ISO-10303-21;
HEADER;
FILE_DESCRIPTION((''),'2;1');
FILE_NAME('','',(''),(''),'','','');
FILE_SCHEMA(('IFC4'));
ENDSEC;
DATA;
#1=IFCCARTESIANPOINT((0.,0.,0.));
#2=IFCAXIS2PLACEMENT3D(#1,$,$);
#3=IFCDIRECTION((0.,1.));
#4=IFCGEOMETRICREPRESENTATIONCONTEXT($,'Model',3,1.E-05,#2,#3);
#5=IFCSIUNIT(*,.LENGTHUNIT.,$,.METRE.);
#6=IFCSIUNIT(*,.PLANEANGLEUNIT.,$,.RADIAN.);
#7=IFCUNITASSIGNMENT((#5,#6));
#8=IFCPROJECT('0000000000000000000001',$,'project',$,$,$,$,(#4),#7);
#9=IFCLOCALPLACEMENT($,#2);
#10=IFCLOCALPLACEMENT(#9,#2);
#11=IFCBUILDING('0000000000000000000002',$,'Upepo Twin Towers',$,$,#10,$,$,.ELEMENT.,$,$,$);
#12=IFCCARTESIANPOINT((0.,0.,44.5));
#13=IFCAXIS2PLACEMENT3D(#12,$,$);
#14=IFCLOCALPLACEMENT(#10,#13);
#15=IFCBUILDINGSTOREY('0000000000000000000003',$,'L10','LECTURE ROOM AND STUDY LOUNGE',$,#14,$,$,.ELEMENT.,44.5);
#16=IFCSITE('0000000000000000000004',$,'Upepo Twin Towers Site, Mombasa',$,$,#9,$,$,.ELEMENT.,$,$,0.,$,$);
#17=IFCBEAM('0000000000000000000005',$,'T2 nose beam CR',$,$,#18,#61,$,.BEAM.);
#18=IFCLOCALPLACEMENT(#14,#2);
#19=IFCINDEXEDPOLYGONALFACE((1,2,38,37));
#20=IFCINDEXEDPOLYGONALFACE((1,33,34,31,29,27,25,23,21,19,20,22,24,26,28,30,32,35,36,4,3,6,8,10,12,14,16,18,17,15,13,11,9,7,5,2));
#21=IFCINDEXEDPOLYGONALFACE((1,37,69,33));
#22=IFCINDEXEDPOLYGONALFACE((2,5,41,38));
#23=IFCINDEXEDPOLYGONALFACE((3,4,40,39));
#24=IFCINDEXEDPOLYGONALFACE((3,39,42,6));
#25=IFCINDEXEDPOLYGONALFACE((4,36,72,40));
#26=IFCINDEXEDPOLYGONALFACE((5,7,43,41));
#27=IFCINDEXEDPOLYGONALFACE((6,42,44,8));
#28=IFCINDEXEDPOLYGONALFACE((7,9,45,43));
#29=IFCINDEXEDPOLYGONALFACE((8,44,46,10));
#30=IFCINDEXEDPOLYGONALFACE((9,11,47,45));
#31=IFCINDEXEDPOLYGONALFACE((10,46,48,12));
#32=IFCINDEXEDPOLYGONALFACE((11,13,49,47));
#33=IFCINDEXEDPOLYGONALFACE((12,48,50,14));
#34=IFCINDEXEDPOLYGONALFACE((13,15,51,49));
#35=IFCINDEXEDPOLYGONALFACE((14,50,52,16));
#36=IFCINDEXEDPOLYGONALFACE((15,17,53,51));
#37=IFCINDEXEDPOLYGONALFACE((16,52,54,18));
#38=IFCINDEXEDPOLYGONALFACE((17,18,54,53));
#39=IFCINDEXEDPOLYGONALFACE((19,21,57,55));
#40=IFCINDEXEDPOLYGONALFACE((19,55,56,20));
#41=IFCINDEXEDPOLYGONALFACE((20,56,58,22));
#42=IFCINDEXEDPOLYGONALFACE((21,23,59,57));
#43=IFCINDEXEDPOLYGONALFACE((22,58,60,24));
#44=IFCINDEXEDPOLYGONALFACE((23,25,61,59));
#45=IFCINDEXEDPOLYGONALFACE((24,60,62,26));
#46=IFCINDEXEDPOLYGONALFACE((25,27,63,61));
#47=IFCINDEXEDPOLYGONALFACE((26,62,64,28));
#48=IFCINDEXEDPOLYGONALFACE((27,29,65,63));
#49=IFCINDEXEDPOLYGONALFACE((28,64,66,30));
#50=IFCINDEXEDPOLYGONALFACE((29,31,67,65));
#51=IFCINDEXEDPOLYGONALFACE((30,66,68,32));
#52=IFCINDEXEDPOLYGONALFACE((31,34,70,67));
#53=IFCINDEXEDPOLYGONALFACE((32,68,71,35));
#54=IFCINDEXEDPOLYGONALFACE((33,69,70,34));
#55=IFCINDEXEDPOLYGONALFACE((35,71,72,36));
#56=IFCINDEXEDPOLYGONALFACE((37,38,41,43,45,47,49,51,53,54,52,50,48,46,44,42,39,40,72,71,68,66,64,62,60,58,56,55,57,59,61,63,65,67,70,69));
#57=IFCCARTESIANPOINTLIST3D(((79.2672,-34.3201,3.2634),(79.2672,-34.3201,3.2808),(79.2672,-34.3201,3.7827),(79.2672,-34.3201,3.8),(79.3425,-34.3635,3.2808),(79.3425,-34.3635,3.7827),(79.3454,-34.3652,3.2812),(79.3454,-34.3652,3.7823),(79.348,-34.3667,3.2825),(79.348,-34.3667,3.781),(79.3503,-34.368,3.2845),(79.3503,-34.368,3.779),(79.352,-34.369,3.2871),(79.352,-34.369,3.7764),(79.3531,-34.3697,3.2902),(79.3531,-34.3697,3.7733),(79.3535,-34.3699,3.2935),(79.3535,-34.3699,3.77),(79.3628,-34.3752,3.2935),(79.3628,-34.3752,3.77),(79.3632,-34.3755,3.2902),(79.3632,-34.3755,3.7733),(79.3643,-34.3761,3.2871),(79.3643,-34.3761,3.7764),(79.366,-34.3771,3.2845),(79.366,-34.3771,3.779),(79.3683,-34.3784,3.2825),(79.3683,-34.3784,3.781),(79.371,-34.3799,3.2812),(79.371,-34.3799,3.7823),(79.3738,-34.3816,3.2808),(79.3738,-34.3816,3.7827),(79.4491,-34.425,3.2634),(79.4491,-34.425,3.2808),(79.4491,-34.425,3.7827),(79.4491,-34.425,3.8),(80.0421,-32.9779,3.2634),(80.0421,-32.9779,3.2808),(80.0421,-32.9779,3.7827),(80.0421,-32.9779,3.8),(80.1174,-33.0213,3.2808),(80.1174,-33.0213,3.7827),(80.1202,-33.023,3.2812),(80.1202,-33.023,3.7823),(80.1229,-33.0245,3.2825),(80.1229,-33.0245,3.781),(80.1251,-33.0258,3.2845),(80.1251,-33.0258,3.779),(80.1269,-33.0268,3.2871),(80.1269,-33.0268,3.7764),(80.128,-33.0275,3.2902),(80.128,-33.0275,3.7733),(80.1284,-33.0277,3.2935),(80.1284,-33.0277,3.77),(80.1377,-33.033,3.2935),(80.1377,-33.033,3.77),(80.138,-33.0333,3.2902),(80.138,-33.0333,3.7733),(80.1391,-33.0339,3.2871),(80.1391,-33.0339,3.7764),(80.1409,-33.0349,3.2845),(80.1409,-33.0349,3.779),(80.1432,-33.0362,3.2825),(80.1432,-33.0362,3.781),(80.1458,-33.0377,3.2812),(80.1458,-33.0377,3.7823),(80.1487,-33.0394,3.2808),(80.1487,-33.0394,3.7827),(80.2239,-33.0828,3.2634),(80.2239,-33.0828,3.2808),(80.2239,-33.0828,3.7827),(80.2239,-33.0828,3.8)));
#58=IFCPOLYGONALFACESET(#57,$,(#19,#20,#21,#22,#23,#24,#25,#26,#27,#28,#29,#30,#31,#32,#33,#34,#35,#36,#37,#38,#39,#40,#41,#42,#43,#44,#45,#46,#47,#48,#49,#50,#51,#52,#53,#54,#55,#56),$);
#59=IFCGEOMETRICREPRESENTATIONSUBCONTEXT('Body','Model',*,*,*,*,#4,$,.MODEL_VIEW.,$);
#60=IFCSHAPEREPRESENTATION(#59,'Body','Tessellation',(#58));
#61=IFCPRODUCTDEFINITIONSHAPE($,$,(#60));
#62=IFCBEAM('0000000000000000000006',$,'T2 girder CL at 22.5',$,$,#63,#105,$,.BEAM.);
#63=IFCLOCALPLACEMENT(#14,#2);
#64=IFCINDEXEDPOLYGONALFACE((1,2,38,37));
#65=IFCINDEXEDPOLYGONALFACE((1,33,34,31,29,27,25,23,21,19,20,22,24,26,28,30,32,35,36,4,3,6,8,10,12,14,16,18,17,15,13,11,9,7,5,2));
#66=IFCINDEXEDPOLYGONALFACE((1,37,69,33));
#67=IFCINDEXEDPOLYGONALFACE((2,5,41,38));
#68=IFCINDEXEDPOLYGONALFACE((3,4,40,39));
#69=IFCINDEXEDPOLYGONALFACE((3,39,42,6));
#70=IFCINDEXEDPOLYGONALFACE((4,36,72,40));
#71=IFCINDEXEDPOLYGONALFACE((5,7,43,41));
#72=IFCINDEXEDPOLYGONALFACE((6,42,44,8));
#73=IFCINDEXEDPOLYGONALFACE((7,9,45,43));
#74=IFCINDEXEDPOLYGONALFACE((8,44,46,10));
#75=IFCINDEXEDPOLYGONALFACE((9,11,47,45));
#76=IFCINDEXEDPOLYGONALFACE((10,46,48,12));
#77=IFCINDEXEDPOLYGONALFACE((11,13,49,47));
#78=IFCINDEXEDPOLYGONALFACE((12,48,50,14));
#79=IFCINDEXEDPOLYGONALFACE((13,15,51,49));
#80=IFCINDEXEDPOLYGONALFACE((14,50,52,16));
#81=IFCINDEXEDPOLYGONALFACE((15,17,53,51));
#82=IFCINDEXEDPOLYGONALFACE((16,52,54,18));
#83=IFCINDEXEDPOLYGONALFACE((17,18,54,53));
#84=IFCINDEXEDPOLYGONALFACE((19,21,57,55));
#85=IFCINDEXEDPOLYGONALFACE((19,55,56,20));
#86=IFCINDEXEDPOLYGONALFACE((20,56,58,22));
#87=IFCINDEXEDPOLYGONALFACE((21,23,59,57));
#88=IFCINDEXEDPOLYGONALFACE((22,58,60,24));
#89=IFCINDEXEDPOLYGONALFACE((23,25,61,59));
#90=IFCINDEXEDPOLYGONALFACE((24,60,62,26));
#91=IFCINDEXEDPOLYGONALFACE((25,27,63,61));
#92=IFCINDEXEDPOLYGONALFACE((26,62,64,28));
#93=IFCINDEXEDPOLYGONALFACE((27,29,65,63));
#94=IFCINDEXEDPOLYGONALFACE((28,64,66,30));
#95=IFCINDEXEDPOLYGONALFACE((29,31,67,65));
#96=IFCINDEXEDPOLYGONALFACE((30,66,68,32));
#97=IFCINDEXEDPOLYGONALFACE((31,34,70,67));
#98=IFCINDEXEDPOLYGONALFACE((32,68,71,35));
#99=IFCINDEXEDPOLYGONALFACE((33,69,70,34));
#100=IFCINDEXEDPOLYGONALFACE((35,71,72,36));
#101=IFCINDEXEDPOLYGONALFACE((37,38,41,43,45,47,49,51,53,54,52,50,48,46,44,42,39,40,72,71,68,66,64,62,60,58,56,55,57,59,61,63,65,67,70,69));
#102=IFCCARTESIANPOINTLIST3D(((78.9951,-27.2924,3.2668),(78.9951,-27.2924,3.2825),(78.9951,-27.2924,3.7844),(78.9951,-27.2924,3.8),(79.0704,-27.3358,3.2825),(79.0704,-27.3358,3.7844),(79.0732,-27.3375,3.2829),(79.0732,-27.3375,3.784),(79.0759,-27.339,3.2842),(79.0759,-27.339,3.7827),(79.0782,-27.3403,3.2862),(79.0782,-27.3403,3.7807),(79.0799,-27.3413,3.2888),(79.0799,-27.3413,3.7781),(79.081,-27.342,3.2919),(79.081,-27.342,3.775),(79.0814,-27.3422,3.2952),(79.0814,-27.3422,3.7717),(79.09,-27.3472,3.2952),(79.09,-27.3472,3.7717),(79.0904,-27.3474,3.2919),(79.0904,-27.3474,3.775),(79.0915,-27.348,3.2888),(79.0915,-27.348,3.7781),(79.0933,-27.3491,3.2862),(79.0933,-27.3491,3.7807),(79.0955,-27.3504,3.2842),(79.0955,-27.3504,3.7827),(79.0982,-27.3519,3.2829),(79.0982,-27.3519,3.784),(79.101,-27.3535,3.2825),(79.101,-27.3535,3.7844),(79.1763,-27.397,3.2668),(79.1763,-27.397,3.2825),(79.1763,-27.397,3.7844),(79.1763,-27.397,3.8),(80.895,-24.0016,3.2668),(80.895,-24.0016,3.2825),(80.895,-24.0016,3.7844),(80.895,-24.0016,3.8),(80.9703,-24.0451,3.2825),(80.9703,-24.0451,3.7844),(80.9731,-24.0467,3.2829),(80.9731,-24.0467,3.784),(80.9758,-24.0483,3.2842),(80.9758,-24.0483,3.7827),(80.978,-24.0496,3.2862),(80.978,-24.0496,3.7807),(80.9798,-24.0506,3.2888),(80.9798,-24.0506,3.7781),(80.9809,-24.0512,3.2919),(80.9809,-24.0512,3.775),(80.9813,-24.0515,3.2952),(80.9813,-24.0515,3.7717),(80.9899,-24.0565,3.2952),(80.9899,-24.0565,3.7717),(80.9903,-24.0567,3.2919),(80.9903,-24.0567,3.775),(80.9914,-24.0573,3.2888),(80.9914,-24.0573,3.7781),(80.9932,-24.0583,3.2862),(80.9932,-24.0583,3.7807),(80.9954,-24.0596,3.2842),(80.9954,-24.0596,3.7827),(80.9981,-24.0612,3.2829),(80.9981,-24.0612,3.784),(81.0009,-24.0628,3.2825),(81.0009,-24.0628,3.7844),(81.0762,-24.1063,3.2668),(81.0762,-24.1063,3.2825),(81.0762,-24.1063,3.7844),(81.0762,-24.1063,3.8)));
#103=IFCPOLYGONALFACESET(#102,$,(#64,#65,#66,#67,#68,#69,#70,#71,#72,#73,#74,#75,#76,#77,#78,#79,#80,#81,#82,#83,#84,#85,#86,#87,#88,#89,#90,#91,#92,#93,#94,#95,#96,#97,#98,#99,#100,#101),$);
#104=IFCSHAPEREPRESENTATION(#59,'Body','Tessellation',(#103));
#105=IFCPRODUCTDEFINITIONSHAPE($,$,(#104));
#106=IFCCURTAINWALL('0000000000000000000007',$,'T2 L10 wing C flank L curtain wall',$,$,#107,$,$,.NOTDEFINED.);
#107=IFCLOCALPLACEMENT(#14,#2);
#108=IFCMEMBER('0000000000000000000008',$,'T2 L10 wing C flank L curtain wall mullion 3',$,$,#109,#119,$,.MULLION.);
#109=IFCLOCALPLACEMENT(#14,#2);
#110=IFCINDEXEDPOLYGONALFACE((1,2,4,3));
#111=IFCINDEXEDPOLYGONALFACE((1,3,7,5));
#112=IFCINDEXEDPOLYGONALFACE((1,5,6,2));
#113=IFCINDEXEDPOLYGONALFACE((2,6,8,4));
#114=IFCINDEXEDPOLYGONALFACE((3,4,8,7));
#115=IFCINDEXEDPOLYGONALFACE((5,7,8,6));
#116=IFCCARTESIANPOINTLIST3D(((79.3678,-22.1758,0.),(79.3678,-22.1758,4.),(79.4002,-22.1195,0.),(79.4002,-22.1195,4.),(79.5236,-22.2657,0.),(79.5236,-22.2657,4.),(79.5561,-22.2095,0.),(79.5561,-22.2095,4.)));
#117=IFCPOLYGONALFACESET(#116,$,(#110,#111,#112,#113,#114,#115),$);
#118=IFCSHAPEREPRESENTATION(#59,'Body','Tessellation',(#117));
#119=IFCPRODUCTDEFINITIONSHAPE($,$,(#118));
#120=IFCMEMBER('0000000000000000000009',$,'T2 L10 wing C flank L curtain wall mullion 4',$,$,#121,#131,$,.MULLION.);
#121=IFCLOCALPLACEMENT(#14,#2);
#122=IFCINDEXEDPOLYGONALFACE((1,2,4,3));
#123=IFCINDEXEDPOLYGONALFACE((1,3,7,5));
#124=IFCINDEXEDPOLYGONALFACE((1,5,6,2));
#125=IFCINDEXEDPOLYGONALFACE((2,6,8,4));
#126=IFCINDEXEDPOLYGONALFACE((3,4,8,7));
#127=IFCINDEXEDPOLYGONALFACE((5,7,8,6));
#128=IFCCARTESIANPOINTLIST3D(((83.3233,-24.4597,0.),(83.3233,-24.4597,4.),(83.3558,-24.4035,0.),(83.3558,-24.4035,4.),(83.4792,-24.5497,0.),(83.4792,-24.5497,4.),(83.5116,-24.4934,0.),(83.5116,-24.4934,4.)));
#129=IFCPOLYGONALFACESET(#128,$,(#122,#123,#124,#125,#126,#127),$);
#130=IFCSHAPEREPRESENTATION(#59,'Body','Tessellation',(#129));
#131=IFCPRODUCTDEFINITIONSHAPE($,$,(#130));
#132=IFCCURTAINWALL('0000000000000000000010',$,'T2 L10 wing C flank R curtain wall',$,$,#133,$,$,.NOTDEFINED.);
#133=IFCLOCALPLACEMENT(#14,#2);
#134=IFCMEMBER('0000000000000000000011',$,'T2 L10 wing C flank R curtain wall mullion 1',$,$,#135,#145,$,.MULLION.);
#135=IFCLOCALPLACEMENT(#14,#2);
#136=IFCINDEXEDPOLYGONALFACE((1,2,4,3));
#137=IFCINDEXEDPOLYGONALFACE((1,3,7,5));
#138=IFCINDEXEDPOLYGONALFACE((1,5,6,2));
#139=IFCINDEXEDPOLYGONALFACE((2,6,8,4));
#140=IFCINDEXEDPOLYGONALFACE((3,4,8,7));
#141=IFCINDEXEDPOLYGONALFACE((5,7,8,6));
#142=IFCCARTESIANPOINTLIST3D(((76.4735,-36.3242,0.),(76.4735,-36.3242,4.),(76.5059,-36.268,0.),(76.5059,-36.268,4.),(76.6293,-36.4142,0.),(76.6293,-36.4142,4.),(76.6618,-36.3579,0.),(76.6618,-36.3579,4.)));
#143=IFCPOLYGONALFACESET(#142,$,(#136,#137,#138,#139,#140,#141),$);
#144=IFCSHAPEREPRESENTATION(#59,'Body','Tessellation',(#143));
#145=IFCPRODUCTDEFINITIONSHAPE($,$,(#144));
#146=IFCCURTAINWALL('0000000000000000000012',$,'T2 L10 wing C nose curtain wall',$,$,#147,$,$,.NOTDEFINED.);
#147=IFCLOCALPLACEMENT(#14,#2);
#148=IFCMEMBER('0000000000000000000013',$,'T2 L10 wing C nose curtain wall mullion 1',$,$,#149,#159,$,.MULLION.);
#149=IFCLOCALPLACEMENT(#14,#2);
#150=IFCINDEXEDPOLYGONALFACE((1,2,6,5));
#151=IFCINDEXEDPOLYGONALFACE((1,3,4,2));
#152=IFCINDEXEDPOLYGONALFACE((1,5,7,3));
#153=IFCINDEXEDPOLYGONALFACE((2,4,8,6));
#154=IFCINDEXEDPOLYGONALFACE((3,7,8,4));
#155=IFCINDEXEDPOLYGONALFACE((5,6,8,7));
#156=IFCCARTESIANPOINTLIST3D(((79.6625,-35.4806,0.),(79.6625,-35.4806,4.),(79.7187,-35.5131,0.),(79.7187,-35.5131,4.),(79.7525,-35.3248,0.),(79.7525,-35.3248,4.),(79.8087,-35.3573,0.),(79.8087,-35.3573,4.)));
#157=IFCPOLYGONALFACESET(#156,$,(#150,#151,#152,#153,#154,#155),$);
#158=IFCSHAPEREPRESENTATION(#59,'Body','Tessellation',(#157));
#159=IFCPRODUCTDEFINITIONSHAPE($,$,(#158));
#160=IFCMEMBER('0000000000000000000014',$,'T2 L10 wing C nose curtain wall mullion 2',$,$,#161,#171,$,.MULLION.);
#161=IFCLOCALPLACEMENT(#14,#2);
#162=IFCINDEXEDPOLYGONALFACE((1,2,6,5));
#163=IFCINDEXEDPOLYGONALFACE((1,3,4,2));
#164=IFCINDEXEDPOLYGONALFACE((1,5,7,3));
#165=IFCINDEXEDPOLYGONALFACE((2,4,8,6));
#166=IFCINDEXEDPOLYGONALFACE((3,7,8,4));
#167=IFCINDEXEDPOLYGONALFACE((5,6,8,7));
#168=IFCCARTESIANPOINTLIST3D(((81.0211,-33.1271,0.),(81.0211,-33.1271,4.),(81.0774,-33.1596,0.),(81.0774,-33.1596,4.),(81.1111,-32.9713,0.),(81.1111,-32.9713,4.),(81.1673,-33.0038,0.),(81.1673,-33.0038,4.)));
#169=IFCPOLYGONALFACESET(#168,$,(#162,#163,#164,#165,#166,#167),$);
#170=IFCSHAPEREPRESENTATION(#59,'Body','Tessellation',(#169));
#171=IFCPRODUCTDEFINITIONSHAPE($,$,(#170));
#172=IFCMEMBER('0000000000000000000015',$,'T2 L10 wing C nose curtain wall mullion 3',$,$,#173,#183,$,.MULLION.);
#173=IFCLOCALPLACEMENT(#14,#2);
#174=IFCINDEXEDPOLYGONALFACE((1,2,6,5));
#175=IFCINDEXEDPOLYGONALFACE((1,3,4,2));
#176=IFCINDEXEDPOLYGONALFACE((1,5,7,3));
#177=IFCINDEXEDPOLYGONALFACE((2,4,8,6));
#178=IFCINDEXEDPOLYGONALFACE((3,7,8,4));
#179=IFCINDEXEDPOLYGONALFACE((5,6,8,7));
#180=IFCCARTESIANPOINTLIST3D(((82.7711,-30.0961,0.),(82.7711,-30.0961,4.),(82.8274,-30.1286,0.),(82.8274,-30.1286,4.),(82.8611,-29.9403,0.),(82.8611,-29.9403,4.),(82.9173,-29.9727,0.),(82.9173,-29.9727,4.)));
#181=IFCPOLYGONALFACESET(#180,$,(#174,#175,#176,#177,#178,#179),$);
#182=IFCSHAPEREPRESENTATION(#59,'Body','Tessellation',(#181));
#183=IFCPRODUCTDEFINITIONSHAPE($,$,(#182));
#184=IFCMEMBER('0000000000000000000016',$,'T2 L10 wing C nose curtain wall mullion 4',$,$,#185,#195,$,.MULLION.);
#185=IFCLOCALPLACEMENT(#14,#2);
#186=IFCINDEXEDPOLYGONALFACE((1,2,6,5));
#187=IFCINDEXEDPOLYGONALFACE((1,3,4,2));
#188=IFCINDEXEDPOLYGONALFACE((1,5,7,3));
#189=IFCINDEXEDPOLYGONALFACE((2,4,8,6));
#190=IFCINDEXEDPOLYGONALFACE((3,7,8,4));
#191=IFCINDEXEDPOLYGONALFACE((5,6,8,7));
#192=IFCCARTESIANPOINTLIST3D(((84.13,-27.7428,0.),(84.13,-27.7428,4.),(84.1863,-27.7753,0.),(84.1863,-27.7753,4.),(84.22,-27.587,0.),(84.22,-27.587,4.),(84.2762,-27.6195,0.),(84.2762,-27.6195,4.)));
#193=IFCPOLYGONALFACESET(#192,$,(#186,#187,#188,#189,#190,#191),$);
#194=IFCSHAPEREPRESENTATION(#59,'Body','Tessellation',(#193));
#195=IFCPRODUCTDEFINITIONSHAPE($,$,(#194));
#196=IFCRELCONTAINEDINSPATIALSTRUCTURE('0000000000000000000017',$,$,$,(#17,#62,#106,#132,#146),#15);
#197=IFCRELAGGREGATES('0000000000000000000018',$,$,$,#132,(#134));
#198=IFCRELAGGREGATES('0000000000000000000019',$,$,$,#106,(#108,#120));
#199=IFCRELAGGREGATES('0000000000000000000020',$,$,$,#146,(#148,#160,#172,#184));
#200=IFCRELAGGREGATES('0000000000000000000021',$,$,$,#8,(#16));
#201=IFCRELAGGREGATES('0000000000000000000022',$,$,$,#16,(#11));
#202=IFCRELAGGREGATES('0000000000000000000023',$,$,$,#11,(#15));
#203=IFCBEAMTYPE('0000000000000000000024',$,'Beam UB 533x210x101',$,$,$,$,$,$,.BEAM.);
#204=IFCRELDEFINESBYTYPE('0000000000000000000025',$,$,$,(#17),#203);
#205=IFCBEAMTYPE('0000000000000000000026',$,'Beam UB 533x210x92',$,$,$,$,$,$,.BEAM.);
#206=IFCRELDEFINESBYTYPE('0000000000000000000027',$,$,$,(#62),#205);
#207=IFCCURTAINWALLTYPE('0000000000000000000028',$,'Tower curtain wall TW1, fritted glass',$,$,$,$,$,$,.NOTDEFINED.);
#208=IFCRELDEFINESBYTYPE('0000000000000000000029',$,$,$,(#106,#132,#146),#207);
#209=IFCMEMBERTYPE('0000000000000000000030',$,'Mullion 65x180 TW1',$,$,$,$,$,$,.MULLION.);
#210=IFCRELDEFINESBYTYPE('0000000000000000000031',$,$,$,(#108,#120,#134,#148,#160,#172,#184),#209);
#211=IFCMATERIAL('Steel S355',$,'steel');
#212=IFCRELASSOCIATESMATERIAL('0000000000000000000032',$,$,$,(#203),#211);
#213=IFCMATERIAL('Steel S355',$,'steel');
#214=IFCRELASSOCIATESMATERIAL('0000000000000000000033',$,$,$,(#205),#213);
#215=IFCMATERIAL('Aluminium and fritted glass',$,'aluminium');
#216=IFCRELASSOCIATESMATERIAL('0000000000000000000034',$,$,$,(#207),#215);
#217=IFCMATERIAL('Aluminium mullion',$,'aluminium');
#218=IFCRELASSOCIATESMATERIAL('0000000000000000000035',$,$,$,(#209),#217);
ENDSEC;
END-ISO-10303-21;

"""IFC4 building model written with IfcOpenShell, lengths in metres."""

from ifc_helpers import new_model, si_unit, direction, frame, origin, origin_2d, place, context, subcontext, project, spatial, rectangle, i_section, extrude, material, material_profile, profile_set, type_object, element, aggregate, save


model = new_model("IFC4")

# Units and contexts
model_context = context("Model", 3, precision=1e-05, world=origin(), true_north=direction((0.0, 1.0)))
body_context = subcontext(model_context, "Body", "Model", "MODEL_VIEW")
ifc_project = project(units=[si_unit("LENGTHUNIT", "METRE"), si_unit("PLANEANGLEUNIT", "RADIAN")], contexts=[model_context])

# Site, building, storey
site_placement = place(None, origin())
site = spatial("IfcSite", under=ifc_project, at=site_placement, Name="Upepo Twin Towers Site, Mombasa", CompositionType="ELEMENT", RefElevation=0.0)
building_placement = place(site_placement, origin())
building = spatial("IfcBuilding", under=site, at=building_placement, Name="Upepo Twin Towers", CompositionType="ELEMENT")
storey_placement = place(building_placement, frame((0.0, 0.0, 44.5)))
storey = spatial("IfcBuildingStorey", under=building, at=storey_placement, Name="L10", Description="LECTURE ROOM AND STUDY LOUNGE", CompositionType="ELEMENT", Elevation=44.5)

# Beams
ifc_material_1 = material(Name="Steel S355", Category="steel")
ifc_material_profile_1 = material_profile(ifc_material_1, i_section(OverallWidth=0.21, OverallDepth=0.5366, WebThickness=0.0107, FlangeThickness=0.0173, FilletRadius=0.0127, at=origin_2d()), Name="UB 533x210x101")
ifc_profile_set_1 = profile_set([ifc_material_profile_1], Name="Steel S355")
beam_type_1 = type_object("IfcBeamType", Name="Beam UB 533x210x101", PredefinedType="BEAM", material=ifc_profile_set_1)
for number, where, z_axis, x_axis, name in (
    (1, (79.3582, -34.3726, 3.5317), (0.499968, 0.866044, 0.0), (-0.866044, 0.499968, 0.0), "T2 nose beam CR"),
):
    element("IfcBeam", number, at=place(storey_placement, frame(where, z_axis=z_axis, x_axis=x_axis)), inside=storey, type_object=beam_type_1, Name=name, PredefinedType="BEAM", context=body_context, shape_type="SweptSolid", body=[
        extrude(i_section(OverallWidth=0.21, OverallDepth=0.5366, WebThickness=0.0107, FlangeThickness=0.0173, FilletRadius=0.0127, at=origin_2d()), origin(), (0.0, 0.0, 1.0), 1.5498),
    ])
ifc_material_2 = material(Name="Steel S355", Category="steel")
ifc_material_profile_2 = material_profile(ifc_material_2, i_section(OverallWidth=0.2092, OverallDepth=0.5332, WebThickness=0.01, FlangeThickness=0.0156, FilletRadius=0.0127, at=origin_2d()), Name="UB 533x210x92")
ifc_profile_set_2 = profile_set([ifc_material_profile_2], Name="Steel S355")
beam_type_2 = type_object("IfcBeamType", Name="Beam UB 533x210x92", PredefinedType="BEAM", material=ifc_profile_set_2)
beam_1_placement = place(storey_placement, frame((80.9856, -24.054, 3.5334), z_axis=(-0.499995, -0.866028, 0.0), x_axis=(0.866028, -0.499995, 0.0)))
element("IfcBeam", 2, at=beam_1_placement, inside=storey, type_object=beam_type_2, Name="T2 girder CL at 22.5", PredefinedType="BEAM", context=body_context, shape_type="SweptSolid", body=[
    extrude(i_section(OverallWidth=0.2092, OverallDepth=0.5332, WebThickness=0.01, FlangeThickness=0.0156, FilletRadius=0.0127, at=origin_2d()), origin(), (0.0, 0.0, 1.0), 3.7998),
])

# Curtain wall, members
ifc_material_3 = material(Name="Aluminium and fritted glass", Category="aluminium")
curtain_wall_type = type_object("IfcCurtainWallType", Name="Tower curtain wall TW1, fritted glass", PredefinedType="NOTDEFINED", material=ifc_material_3)
curtain_wall_1_placement = place(storey_placement, origin())
curtain_wall_1 = element("IfcCurtainWall", 3, at=curtain_wall_1_placement, inside=storey, type_object=curtain_wall_type, Name="T2 L10 wing C flank L curtain wall", PredefinedType="NOTDEFINED")
ifc_material_4 = material(Name="Aluminium mullion", Category="aluminium")
ifc_material_profile_3 = material_profile(ifc_material_4, rectangle(XDim=0.0649, YDim=0.1799, at=origin_2d()), Name="MULLION 65x180")
ifc_profile_set_3 = profile_set([ifc_material_profile_3], Name="Aluminium mullion")
member_type_1 = type_object("IfcMemberType", Name="Mullion 65x180 TW1", PredefinedType="MULLION", material=ifc_profile_set_3)
member_1_placement = place(storey_placement, frame((79.4619, -22.1926, 0.0), z_axis=(0.0, 0.0, 1.0), x_axis=(0.5, 0.866025, 0.0)))
member_1 = element("IfcMember", 4, at=member_1_placement, type_object=member_type_1, Name="T2 L10 wing C flank L curtain wall mullion 3", PredefinedType="MULLION", context=body_context, shape_type="SweptSolid", body=[
    extrude(rectangle(XDim=0.0649, YDim=0.1799, at=origin_2d()), origin(), (0.0, 0.0, 1.0), 4.0),
])
member_2_placement = place(storey_placement, frame((83.4175, -24.4766, 0.0), z_axis=(0.0, 0.0, 1.0), x_axis=(0.5, 0.866025, 0.0)))
member_2 = element("IfcMember", 5, at=member_2_placement, type_object=member_type_1, Name="T2 L10 wing C flank L curtain wall mullion 4", PredefinedType="MULLION", context=body_context, shape_type="SweptSolid", body=[
    extrude(rectangle(XDim=0.0649, YDim=0.1799, at=origin_2d()), origin(), (0.0, 0.0, 1.0), 4.0),
])

# Curtain wall, member
curtain_wall_2_placement = place(storey_placement, origin())
curtain_wall_2 = element("IfcCurtainWall", 6, at=curtain_wall_2_placement, inside=storey, type_object=curtain_wall_type, Name="T2 L10 wing C flank R curtain wall", PredefinedType="NOTDEFINED")
member_3_placement = place(storey_placement, frame((76.5676, -36.3411, 0.0), z_axis=(0.0, 0.0, 1.0), x_axis=(-0.5, -0.866025, 0.0)))
member_3 = element("IfcMember", 7, at=member_3_placement, type_object=member_type_1, Name="T2 L10 wing C flank R curtain wall mullion 1", PredefinedType="MULLION", context=body_context, shape_type="SweptSolid", body=[
    extrude(rectangle(XDim=0.0649, YDim=0.1799, at=origin_2d()), origin(), (0.0, 0.0, 1.0), 4.0),
])

# Curtain wall, members
curtain_wall_3_placement = place(storey_placement, origin())
curtain_wall_3 = element("IfcCurtainWall", 8, at=curtain_wall_3_placement, inside=storey, type_object=curtain_wall_type, Name="T2 L10 wing C nose curtain wall", PredefinedType="NOTDEFINED")
member_4_placement = place(storey_placement, frame((79.7356, -35.4189, 0.0), z_axis=(0.0, 0.0, 1.0), x_axis=(-0.866025, 0.5, 0.0)))
member_4 = element("IfcMember", 9, at=member_4_placement, type_object=member_type_1, Name="T2 L10 wing C nose curtain wall mullion 1", PredefinedType="MULLION", context=body_context, shape_type="SweptSolid", body=[
    extrude(rectangle(XDim=0.0649, YDim=0.1799, at=origin_2d()), origin(), (0.0, 0.0, 1.0), 4.0),
])
member_5_placement = place(storey_placement, frame((81.0942, -33.0654, 0.0), z_axis=(0.0, 0.0, 1.0), x_axis=(-0.866025, 0.5, 0.0)))
member_5 = element("IfcMember", 10, at=member_5_placement, type_object=member_type_1, Name="T2 L10 wing C nose curtain wall mullion 2", PredefinedType="MULLION", context=body_context, shape_type="SweptSolid", body=[
    extrude(rectangle(XDim=0.0649, YDim=0.1799, at=origin_2d()), origin(), (0.0, 0.0, 1.0), 4.0),
])
member_6_placement = place(storey_placement, frame((82.8442, -30.0344, 0.0), z_axis=(0.0, 0.0, 1.0), x_axis=(-0.866025, 0.5, 0.0)))
member_6 = element("IfcMember", 11, at=member_6_placement, type_object=member_type_1, Name="T2 L10 wing C nose curtain wall mullion 3", PredefinedType="MULLION", context=body_context, shape_type="SweptSolid", body=[
    extrude(rectangle(XDim=0.0649, YDim=0.1799, at=origin_2d()), origin(), (0.0, 0.0, 1.0), 4.0),
])
member_7_placement = place(storey_placement, frame((84.2031, -27.6812, 0.0), z_axis=(0.0, 0.0, 1.0), x_axis=(-0.866025, 0.5, 0.0)))
member_7 = element("IfcMember", 12, at=member_7_placement, type_object=member_type_1, Name="T2 L10 wing C nose curtain wall mullion 4", PredefinedType="MULLION", context=body_context, shape_type="SweptSolid", body=[
    extrude(rectangle(XDim=0.0649, YDim=0.1799, at=origin_2d()), origin(), (0.0, 0.0, 1.0), 4.0),
])

aggregate(curtain_wall_2, [member_3])

aggregate(curtain_wall_1, [member_1, member_2])
aggregate(curtain_wall_3, [member_4, member_5, member_6, member_7])

save(model, "model.ifc")
